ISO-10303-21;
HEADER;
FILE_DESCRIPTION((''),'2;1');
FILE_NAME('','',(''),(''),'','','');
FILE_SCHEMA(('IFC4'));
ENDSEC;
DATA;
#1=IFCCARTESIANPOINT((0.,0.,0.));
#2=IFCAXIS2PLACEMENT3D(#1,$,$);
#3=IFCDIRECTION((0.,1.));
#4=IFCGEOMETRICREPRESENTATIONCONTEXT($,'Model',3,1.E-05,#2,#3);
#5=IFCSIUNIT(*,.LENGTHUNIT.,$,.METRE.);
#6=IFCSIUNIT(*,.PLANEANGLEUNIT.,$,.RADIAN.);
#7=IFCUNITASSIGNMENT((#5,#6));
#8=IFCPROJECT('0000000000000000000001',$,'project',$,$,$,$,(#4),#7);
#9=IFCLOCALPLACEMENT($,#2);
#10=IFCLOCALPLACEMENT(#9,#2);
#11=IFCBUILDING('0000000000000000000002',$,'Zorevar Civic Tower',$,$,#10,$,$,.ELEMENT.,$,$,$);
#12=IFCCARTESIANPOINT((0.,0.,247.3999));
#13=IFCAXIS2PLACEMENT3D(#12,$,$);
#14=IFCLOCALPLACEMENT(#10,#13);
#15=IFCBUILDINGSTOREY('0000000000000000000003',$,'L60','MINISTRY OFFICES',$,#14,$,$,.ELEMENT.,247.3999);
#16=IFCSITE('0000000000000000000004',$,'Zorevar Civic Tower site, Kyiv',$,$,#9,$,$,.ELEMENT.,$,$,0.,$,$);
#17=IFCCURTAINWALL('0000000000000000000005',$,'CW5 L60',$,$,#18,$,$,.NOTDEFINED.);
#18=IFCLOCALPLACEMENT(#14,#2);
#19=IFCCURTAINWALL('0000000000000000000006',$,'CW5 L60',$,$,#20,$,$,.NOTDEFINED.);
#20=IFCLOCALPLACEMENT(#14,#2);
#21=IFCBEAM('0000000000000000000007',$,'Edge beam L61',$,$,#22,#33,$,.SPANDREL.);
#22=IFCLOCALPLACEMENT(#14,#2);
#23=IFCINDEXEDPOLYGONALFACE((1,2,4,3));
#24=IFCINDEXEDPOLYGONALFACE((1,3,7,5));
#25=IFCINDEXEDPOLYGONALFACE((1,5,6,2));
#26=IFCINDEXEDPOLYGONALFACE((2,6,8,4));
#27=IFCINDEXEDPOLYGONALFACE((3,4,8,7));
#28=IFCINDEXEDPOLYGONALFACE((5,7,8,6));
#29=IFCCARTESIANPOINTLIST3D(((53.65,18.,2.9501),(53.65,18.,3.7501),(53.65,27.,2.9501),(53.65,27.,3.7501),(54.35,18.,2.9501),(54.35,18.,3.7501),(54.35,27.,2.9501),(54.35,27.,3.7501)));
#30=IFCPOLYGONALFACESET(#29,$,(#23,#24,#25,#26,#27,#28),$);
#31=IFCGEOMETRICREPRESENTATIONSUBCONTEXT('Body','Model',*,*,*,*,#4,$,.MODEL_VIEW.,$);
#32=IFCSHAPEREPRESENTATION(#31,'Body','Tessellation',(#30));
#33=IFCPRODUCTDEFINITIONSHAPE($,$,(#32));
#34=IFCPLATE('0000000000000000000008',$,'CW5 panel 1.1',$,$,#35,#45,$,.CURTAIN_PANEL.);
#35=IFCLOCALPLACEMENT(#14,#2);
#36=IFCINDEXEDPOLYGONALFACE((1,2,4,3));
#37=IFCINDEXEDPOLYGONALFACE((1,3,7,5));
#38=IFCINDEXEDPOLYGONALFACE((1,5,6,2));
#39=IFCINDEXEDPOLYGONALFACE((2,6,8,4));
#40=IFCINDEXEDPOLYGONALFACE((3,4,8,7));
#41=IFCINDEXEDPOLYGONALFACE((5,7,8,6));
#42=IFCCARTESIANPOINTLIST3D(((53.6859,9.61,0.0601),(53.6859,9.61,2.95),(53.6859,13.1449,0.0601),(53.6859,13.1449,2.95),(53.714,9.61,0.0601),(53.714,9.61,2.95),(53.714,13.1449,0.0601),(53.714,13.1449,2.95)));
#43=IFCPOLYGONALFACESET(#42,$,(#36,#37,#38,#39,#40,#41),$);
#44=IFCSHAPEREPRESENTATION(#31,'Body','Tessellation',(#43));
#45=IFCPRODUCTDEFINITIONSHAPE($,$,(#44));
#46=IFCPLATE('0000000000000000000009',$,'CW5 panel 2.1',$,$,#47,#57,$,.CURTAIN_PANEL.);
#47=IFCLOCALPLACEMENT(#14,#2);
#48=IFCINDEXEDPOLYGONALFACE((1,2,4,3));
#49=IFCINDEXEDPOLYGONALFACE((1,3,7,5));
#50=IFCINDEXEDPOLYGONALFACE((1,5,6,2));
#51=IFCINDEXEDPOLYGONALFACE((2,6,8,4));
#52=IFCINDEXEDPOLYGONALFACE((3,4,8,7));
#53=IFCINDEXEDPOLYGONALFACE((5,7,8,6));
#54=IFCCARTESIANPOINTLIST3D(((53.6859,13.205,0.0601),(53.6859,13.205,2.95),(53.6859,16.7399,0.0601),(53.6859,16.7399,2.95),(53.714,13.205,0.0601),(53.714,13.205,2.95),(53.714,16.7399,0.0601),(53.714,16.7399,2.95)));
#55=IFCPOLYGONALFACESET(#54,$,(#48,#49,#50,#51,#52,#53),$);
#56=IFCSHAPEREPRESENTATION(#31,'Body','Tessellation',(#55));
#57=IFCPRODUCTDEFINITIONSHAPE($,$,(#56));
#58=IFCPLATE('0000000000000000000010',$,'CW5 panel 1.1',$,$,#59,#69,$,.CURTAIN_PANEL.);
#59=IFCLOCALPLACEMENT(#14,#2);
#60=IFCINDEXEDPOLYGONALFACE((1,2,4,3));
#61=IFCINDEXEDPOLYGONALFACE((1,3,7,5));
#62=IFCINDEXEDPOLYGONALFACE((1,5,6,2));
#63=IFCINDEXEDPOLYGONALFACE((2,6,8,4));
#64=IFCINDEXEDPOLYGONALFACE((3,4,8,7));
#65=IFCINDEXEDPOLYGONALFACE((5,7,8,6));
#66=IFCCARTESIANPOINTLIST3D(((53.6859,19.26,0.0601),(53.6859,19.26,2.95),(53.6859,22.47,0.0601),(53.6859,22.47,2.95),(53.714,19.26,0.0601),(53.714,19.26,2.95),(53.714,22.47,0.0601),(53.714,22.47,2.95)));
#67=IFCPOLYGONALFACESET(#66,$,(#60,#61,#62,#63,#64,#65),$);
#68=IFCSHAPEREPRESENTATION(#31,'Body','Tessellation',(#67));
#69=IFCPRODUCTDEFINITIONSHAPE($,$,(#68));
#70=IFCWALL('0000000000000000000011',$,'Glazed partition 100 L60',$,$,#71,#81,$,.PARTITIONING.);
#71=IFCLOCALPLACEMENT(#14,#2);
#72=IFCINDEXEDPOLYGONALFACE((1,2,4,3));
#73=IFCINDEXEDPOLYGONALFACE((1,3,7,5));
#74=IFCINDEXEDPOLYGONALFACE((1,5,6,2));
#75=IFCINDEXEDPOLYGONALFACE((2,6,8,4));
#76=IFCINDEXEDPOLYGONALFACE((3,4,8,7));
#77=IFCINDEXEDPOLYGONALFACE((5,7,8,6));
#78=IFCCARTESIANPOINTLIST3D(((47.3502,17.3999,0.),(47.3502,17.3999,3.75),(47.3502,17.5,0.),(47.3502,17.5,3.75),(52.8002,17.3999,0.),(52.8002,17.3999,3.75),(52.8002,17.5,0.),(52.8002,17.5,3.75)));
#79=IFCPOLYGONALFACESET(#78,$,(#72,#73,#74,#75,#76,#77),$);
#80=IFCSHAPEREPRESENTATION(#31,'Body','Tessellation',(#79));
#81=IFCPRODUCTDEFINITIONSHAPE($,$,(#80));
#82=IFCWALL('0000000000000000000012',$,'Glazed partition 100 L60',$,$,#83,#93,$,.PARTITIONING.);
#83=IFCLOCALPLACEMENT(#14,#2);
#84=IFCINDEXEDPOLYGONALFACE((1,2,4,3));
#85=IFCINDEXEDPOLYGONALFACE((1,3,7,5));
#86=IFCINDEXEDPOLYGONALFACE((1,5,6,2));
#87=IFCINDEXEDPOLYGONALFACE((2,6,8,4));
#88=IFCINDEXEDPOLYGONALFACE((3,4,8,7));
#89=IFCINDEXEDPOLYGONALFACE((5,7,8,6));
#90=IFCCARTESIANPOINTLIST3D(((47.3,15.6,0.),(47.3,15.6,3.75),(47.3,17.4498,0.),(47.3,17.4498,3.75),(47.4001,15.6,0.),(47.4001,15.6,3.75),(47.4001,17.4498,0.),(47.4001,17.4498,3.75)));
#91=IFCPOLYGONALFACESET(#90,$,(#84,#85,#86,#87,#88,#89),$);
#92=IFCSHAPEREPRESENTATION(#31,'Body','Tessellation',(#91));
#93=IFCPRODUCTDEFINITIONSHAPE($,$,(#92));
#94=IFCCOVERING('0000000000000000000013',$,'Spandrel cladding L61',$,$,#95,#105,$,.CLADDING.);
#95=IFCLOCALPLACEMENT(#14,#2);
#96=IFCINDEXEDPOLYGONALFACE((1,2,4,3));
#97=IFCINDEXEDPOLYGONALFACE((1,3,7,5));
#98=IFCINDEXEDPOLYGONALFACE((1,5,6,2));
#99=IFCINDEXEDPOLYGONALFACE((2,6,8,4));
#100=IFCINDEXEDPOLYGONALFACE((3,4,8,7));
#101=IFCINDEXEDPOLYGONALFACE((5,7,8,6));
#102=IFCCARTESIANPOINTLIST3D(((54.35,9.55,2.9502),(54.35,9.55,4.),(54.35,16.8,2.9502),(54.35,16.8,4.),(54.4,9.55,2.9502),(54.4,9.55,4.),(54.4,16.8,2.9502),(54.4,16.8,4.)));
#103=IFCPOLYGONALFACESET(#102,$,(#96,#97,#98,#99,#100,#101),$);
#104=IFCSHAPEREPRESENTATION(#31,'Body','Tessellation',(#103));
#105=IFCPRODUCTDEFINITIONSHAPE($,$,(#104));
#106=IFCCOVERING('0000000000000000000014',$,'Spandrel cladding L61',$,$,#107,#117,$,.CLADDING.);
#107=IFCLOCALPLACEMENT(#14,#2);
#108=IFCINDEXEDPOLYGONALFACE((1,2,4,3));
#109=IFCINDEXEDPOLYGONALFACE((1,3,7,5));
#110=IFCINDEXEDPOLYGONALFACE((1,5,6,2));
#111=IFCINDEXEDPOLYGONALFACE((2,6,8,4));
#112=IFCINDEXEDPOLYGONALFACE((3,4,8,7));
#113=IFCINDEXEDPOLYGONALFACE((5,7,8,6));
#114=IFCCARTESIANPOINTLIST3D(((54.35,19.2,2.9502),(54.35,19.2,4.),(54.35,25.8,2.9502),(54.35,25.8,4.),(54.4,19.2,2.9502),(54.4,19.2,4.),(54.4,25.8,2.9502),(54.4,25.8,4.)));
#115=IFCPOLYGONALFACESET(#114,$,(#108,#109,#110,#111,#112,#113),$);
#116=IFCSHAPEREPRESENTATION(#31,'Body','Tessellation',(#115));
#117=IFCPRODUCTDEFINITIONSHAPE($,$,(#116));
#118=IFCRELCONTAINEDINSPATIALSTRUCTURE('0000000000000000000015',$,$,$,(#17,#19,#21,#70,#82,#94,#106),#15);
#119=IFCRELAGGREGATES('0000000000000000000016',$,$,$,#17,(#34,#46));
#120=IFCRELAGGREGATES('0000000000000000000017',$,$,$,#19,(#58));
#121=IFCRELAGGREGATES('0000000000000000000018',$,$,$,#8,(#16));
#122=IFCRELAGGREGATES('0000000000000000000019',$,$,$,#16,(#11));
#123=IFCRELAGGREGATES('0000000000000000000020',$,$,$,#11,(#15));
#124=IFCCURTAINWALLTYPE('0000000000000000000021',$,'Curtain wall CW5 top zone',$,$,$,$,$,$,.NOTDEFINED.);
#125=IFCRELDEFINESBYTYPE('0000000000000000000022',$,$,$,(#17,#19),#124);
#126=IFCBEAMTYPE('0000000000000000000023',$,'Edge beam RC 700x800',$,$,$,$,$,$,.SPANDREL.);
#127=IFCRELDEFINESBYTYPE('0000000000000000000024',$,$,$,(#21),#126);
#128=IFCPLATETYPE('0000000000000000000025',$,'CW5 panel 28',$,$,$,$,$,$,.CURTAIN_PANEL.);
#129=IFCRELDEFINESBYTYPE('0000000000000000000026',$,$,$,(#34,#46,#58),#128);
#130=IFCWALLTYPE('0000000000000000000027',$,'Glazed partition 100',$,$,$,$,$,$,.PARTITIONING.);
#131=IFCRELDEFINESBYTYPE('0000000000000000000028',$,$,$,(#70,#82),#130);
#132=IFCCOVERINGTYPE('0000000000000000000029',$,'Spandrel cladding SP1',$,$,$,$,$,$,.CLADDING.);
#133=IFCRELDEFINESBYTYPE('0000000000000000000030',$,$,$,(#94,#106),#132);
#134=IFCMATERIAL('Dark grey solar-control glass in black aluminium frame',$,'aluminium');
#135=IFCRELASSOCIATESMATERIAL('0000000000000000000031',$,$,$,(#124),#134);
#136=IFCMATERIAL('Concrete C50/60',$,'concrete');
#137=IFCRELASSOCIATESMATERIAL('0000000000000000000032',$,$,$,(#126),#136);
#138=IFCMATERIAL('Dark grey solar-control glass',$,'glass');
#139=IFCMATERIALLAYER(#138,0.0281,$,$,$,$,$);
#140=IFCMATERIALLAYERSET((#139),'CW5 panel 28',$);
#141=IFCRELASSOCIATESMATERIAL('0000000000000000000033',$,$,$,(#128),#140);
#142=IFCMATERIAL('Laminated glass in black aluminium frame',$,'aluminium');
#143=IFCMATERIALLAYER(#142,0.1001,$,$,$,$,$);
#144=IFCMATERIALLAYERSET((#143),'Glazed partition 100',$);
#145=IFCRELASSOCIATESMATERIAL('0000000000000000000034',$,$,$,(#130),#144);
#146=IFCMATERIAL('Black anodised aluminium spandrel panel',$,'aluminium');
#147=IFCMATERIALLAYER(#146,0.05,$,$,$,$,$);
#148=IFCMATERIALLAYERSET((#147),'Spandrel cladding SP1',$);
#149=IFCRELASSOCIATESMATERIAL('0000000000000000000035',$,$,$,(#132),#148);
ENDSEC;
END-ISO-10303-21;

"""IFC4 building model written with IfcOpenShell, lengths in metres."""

from ifc_helpers import new_model, si_unit, direction, frame, frame_2d, origin, origin_2d, place, context, subcontext, project, spatial, rectangle, extrude, material, layer, layer_set, material_profile, profile_set, type_object, element, aggregate, save


model = new_model("IFC4")

# Units and contexts
model_context = context("Model", 3, precision=1e-05, world=origin(), true_north=direction((0.0, 1.0)))
body_context = subcontext(model_context, "Body", "Model", "MODEL_VIEW")
ifc_project = project(units=[si_unit("LENGTHUNIT", "METRE"), si_unit("PLANEANGLEUNIT", "RADIAN")], contexts=[model_context])

# Site, building, storey
site_placement = place(None, origin())
site = spatial("IfcSite", under=ifc_project, at=site_placement, Name="Zorevar Civic Tower site, Kyiv", CompositionType="ELEMENT", RefElevation=0.0)
building_placement = place(site_placement, origin())
building = spatial("IfcBuilding", under=site, at=building_placement, Name="Zorevar Civic Tower", CompositionType="ELEMENT")
storey_placement = place(building_placement, frame((0.0, 0.0, 247.3999)))
storey = spatial("IfcBuildingStorey", under=building, at=storey_placement, Name="L60", Description="MINISTRY OFFICES", CompositionType="ELEMENT", Elevation=247.3999)

# Curtain wall
ifc_material_1 = material(Name="Dark grey solar-control glass in black aluminium frame", Category="aluminium")
curtain_wall_type = type_object("IfcCurtainWallType", Name="Curtain wall CW5 top zone", PredefinedType="NOTDEFINED", material=ifc_material_1)
curtain_wall_1_placement = place(storey_placement, origin())
curtain_wall_1 = element("IfcCurtainWall", 1, at=curtain_wall_1_placement, inside=storey, type_object=curtain_wall_type, Name="CW5 L60", PredefinedType="NOTDEFINED")

# Curtain wall
curtain_wall_2_placement = place(storey_placement, origin())
curtain_wall_2 = element("IfcCurtainWall", 2, at=curtain_wall_2_placement, inside=storey, type_object=curtain_wall_type, Name="CW5 L60", PredefinedType="NOTDEFINED")

# Beam
ifc_material_2 = material(Name="Concrete C50/60", Category="concrete")
ifc_material_profile_1 = material_profile(ifc_material_2, rectangle(XDim=0.7, YDim=0.8, at=origin_2d()), Name="RC 700x800")
ifc_profile_set_1 = profile_set([ifc_material_profile_1], Name="Concrete C50/60")
beam_type_1 = type_object("IfcBeamType", Name="Edge beam RC 700x800", PredefinedType="SPANDREL", material=ifc_profile_set_1)
for number, where, z_axis, x_axis, name in (
    (3, (54.0, 18.0, 3.3501), (0.0, 1.0, 0.0), (-1.0, 0.0, 0.0), "Edge beam L61"),
):
    element("IfcBeam", number, at=place(storey_placement, frame(where, z_axis=z_axis, x_axis=x_axis)), inside=storey, type_object=beam_type_1, Name=name, PredefinedType="SPANDREL", context=body_context, shape_type="SweptSolid", body=[
        extrude(rectangle(XDim=0.7, YDim=0.8, at=origin_2d()), origin(), (0.0, 0.0, 1.0), 9.0),
    ])

# Plates
ifc_material_3 = material(Name="Dark grey solar-control glass", Category="glass")
ifc_layer_1 = layer(ifc_material_3, 0.0281)
ifc_layer_set_1 = layer_set([ifc_layer_1], Name="CW5 panel 28")
plate_type = type_object("IfcPlateType", Name="CW5 panel 28", PredefinedType="CURTAIN_PANEL", material=ifc_layer_set_1)
plate_1_placement = place(storey_placement, frame((53.7, 11.3774, 0.0601), z_axis=(0.0, 0.0, 1.0), x_axis=(0.0, 1.0, 0.0)))
plate_1 = element("IfcPlate", 4, at=plate_1_placement, type_object=plate_type, Name="CW5 panel 1.1", PredefinedType="CURTAIN_PANEL", context=body_context, shape_type="SweptSolid", body=[
    extrude(rectangle(XDim=3.5349, YDim=0.0281, at=origin_2d()), origin(), (0.0, 0.0, 1.0), 2.8899),
])
plate_2_placement = place(storey_placement, frame((53.7, 14.9724, 0.0601), z_axis=(0.0, 0.0, 1.0), x_axis=(0.0, 1.0, 0.0)))
plate_2 = element("IfcPlate", 5, at=plate_2_placement, type_object=plate_type, Name="CW5 panel 2.1", PredefinedType="CURTAIN_PANEL", context=body_context, shape_type="SweptSolid", body=[
    extrude(rectangle(XDim=3.5349, YDim=0.0281, at=origin_2d()), origin(), (0.0, 0.0, 1.0), 2.8899),
])
aggregate(curtain_wall_1, [plate_1, plate_2])
plate_3_placement = place(storey_placement, frame((53.7, 20.865, 0.0601), z_axis=(0.0, 0.0, 1.0), x_axis=(0.0, 1.0, 0.0)))
plate_3 = element("IfcPlate", 6, at=plate_3_placement, type_object=plate_type, Name="CW5 panel 1.1", PredefinedType="CURTAIN_PANEL", context=body_context, shape_type="SweptSolid", body=[
    extrude(rectangle(XDim=3.21, YDim=0.0281, at=origin_2d()), origin(), (0.0, 0.0, 1.0), 2.8899),
])
aggregate(curtain_wall_2, [plate_3])

# Walls
ifc_material_4 = material(Name="Laminated glass in black aluminium frame", Category="aluminium")
ifc_layer_2 = layer(ifc_material_4, 0.1001)
ifc_layer_set_2 = layer_set([ifc_layer_2], Name="Glazed partition 100")
wall_type_1 = type_object("IfcWallType", Name="Glazed partition 100", PredefinedType="PARTITIONING", material=ifc_layer_set_2)
wall_1_placement = place(storey_placement, frame((47.3501, 17.45, 0.0), z_axis=(0.0, 0.0, 1.0), x_axis=(1.0, 0.0, 0.0)))
element("IfcWall", 7, at=wall_1_placement, inside=storey, type_object=wall_type_1, Name="Glazed partition 100 L60", PredefinedType="PARTITIONING", context=body_context, shape_type="SweptSolid", body=[
    extrude(rectangle(XDim=5.45, YDim=0.1001, at=frame_2d((2.7251, 0.0))), origin(), (0.0, 0.0, 1.0), 3.75),
])
wall_2_placement = place(storey_placement, frame((47.3501, 15.6001, 0.0), z_axis=(0.0, 0.0, 1.0), x_axis=(0.0, 1.0, 0.0)))
element("IfcWall", 8, at=wall_2_placement, inside=storey, type_object=wall_type_1, Name="Glazed partition 100 L60", PredefinedType="PARTITIONING", context=body_context, shape_type="SweptSolid", body=[
    extrude(rectangle(XDim=1.8499, YDim=0.1001, at=frame_2d((0.9248, 0.0))), origin(), (0.0, 0.0, 1.0), 3.75),
])

# Coverings
ifc_material_5 = material(Name="Black anodised aluminium spandrel panel", Category="aluminium")
ifc_layer_3 = layer(ifc_material_5, 0.05)
ifc_layer_set_3 = layer_set([ifc_layer_3], Name="Spandrel cladding SP1")
covering_type = type_object("IfcCoveringType", Name="Spandrel cladding SP1", PredefinedType="CLADDING", material=ifc_layer_set_3)
covering_1_placement = place(storey_placement, frame((54.375, 9.55, 2.9502), z_axis=(0.0, 0.0, 1.0), x_axis=(0.0, 1.0, 0.0)))
element("IfcCovering", 9, at=covering_1_placement, inside=storey, type_object=covering_type, Name="Spandrel cladding L61", PredefinedType="CLADDING", context=body_context, shape_type="SweptSolid", body=[
    extrude(rectangle(XDim=7.25, YDim=0.05, at=frame_2d((3.625, 0.0))), origin(), (0.0, 0.0, 1.0), 1.0498),
])
covering_2_placement = place(storey_placement, frame((54.375, 19.2, 2.9502), z_axis=(0.0, 0.0, 1.0), x_axis=(0.0, 1.0, 0.0)))
element("IfcCovering", 10, at=covering_2_placement, inside=storey, type_object=covering_type, Name="Spandrel cladding L61", PredefinedType="CLADDING", context=body_context, shape_type="SweptSolid", body=[
    extrude(rectangle(XDim=6.6001, YDim=0.05, at=frame_2d((3.3, 0.0))), origin(), (0.0, 0.0, 1.0), 1.0498),
])

save(model, "model.ifc")
